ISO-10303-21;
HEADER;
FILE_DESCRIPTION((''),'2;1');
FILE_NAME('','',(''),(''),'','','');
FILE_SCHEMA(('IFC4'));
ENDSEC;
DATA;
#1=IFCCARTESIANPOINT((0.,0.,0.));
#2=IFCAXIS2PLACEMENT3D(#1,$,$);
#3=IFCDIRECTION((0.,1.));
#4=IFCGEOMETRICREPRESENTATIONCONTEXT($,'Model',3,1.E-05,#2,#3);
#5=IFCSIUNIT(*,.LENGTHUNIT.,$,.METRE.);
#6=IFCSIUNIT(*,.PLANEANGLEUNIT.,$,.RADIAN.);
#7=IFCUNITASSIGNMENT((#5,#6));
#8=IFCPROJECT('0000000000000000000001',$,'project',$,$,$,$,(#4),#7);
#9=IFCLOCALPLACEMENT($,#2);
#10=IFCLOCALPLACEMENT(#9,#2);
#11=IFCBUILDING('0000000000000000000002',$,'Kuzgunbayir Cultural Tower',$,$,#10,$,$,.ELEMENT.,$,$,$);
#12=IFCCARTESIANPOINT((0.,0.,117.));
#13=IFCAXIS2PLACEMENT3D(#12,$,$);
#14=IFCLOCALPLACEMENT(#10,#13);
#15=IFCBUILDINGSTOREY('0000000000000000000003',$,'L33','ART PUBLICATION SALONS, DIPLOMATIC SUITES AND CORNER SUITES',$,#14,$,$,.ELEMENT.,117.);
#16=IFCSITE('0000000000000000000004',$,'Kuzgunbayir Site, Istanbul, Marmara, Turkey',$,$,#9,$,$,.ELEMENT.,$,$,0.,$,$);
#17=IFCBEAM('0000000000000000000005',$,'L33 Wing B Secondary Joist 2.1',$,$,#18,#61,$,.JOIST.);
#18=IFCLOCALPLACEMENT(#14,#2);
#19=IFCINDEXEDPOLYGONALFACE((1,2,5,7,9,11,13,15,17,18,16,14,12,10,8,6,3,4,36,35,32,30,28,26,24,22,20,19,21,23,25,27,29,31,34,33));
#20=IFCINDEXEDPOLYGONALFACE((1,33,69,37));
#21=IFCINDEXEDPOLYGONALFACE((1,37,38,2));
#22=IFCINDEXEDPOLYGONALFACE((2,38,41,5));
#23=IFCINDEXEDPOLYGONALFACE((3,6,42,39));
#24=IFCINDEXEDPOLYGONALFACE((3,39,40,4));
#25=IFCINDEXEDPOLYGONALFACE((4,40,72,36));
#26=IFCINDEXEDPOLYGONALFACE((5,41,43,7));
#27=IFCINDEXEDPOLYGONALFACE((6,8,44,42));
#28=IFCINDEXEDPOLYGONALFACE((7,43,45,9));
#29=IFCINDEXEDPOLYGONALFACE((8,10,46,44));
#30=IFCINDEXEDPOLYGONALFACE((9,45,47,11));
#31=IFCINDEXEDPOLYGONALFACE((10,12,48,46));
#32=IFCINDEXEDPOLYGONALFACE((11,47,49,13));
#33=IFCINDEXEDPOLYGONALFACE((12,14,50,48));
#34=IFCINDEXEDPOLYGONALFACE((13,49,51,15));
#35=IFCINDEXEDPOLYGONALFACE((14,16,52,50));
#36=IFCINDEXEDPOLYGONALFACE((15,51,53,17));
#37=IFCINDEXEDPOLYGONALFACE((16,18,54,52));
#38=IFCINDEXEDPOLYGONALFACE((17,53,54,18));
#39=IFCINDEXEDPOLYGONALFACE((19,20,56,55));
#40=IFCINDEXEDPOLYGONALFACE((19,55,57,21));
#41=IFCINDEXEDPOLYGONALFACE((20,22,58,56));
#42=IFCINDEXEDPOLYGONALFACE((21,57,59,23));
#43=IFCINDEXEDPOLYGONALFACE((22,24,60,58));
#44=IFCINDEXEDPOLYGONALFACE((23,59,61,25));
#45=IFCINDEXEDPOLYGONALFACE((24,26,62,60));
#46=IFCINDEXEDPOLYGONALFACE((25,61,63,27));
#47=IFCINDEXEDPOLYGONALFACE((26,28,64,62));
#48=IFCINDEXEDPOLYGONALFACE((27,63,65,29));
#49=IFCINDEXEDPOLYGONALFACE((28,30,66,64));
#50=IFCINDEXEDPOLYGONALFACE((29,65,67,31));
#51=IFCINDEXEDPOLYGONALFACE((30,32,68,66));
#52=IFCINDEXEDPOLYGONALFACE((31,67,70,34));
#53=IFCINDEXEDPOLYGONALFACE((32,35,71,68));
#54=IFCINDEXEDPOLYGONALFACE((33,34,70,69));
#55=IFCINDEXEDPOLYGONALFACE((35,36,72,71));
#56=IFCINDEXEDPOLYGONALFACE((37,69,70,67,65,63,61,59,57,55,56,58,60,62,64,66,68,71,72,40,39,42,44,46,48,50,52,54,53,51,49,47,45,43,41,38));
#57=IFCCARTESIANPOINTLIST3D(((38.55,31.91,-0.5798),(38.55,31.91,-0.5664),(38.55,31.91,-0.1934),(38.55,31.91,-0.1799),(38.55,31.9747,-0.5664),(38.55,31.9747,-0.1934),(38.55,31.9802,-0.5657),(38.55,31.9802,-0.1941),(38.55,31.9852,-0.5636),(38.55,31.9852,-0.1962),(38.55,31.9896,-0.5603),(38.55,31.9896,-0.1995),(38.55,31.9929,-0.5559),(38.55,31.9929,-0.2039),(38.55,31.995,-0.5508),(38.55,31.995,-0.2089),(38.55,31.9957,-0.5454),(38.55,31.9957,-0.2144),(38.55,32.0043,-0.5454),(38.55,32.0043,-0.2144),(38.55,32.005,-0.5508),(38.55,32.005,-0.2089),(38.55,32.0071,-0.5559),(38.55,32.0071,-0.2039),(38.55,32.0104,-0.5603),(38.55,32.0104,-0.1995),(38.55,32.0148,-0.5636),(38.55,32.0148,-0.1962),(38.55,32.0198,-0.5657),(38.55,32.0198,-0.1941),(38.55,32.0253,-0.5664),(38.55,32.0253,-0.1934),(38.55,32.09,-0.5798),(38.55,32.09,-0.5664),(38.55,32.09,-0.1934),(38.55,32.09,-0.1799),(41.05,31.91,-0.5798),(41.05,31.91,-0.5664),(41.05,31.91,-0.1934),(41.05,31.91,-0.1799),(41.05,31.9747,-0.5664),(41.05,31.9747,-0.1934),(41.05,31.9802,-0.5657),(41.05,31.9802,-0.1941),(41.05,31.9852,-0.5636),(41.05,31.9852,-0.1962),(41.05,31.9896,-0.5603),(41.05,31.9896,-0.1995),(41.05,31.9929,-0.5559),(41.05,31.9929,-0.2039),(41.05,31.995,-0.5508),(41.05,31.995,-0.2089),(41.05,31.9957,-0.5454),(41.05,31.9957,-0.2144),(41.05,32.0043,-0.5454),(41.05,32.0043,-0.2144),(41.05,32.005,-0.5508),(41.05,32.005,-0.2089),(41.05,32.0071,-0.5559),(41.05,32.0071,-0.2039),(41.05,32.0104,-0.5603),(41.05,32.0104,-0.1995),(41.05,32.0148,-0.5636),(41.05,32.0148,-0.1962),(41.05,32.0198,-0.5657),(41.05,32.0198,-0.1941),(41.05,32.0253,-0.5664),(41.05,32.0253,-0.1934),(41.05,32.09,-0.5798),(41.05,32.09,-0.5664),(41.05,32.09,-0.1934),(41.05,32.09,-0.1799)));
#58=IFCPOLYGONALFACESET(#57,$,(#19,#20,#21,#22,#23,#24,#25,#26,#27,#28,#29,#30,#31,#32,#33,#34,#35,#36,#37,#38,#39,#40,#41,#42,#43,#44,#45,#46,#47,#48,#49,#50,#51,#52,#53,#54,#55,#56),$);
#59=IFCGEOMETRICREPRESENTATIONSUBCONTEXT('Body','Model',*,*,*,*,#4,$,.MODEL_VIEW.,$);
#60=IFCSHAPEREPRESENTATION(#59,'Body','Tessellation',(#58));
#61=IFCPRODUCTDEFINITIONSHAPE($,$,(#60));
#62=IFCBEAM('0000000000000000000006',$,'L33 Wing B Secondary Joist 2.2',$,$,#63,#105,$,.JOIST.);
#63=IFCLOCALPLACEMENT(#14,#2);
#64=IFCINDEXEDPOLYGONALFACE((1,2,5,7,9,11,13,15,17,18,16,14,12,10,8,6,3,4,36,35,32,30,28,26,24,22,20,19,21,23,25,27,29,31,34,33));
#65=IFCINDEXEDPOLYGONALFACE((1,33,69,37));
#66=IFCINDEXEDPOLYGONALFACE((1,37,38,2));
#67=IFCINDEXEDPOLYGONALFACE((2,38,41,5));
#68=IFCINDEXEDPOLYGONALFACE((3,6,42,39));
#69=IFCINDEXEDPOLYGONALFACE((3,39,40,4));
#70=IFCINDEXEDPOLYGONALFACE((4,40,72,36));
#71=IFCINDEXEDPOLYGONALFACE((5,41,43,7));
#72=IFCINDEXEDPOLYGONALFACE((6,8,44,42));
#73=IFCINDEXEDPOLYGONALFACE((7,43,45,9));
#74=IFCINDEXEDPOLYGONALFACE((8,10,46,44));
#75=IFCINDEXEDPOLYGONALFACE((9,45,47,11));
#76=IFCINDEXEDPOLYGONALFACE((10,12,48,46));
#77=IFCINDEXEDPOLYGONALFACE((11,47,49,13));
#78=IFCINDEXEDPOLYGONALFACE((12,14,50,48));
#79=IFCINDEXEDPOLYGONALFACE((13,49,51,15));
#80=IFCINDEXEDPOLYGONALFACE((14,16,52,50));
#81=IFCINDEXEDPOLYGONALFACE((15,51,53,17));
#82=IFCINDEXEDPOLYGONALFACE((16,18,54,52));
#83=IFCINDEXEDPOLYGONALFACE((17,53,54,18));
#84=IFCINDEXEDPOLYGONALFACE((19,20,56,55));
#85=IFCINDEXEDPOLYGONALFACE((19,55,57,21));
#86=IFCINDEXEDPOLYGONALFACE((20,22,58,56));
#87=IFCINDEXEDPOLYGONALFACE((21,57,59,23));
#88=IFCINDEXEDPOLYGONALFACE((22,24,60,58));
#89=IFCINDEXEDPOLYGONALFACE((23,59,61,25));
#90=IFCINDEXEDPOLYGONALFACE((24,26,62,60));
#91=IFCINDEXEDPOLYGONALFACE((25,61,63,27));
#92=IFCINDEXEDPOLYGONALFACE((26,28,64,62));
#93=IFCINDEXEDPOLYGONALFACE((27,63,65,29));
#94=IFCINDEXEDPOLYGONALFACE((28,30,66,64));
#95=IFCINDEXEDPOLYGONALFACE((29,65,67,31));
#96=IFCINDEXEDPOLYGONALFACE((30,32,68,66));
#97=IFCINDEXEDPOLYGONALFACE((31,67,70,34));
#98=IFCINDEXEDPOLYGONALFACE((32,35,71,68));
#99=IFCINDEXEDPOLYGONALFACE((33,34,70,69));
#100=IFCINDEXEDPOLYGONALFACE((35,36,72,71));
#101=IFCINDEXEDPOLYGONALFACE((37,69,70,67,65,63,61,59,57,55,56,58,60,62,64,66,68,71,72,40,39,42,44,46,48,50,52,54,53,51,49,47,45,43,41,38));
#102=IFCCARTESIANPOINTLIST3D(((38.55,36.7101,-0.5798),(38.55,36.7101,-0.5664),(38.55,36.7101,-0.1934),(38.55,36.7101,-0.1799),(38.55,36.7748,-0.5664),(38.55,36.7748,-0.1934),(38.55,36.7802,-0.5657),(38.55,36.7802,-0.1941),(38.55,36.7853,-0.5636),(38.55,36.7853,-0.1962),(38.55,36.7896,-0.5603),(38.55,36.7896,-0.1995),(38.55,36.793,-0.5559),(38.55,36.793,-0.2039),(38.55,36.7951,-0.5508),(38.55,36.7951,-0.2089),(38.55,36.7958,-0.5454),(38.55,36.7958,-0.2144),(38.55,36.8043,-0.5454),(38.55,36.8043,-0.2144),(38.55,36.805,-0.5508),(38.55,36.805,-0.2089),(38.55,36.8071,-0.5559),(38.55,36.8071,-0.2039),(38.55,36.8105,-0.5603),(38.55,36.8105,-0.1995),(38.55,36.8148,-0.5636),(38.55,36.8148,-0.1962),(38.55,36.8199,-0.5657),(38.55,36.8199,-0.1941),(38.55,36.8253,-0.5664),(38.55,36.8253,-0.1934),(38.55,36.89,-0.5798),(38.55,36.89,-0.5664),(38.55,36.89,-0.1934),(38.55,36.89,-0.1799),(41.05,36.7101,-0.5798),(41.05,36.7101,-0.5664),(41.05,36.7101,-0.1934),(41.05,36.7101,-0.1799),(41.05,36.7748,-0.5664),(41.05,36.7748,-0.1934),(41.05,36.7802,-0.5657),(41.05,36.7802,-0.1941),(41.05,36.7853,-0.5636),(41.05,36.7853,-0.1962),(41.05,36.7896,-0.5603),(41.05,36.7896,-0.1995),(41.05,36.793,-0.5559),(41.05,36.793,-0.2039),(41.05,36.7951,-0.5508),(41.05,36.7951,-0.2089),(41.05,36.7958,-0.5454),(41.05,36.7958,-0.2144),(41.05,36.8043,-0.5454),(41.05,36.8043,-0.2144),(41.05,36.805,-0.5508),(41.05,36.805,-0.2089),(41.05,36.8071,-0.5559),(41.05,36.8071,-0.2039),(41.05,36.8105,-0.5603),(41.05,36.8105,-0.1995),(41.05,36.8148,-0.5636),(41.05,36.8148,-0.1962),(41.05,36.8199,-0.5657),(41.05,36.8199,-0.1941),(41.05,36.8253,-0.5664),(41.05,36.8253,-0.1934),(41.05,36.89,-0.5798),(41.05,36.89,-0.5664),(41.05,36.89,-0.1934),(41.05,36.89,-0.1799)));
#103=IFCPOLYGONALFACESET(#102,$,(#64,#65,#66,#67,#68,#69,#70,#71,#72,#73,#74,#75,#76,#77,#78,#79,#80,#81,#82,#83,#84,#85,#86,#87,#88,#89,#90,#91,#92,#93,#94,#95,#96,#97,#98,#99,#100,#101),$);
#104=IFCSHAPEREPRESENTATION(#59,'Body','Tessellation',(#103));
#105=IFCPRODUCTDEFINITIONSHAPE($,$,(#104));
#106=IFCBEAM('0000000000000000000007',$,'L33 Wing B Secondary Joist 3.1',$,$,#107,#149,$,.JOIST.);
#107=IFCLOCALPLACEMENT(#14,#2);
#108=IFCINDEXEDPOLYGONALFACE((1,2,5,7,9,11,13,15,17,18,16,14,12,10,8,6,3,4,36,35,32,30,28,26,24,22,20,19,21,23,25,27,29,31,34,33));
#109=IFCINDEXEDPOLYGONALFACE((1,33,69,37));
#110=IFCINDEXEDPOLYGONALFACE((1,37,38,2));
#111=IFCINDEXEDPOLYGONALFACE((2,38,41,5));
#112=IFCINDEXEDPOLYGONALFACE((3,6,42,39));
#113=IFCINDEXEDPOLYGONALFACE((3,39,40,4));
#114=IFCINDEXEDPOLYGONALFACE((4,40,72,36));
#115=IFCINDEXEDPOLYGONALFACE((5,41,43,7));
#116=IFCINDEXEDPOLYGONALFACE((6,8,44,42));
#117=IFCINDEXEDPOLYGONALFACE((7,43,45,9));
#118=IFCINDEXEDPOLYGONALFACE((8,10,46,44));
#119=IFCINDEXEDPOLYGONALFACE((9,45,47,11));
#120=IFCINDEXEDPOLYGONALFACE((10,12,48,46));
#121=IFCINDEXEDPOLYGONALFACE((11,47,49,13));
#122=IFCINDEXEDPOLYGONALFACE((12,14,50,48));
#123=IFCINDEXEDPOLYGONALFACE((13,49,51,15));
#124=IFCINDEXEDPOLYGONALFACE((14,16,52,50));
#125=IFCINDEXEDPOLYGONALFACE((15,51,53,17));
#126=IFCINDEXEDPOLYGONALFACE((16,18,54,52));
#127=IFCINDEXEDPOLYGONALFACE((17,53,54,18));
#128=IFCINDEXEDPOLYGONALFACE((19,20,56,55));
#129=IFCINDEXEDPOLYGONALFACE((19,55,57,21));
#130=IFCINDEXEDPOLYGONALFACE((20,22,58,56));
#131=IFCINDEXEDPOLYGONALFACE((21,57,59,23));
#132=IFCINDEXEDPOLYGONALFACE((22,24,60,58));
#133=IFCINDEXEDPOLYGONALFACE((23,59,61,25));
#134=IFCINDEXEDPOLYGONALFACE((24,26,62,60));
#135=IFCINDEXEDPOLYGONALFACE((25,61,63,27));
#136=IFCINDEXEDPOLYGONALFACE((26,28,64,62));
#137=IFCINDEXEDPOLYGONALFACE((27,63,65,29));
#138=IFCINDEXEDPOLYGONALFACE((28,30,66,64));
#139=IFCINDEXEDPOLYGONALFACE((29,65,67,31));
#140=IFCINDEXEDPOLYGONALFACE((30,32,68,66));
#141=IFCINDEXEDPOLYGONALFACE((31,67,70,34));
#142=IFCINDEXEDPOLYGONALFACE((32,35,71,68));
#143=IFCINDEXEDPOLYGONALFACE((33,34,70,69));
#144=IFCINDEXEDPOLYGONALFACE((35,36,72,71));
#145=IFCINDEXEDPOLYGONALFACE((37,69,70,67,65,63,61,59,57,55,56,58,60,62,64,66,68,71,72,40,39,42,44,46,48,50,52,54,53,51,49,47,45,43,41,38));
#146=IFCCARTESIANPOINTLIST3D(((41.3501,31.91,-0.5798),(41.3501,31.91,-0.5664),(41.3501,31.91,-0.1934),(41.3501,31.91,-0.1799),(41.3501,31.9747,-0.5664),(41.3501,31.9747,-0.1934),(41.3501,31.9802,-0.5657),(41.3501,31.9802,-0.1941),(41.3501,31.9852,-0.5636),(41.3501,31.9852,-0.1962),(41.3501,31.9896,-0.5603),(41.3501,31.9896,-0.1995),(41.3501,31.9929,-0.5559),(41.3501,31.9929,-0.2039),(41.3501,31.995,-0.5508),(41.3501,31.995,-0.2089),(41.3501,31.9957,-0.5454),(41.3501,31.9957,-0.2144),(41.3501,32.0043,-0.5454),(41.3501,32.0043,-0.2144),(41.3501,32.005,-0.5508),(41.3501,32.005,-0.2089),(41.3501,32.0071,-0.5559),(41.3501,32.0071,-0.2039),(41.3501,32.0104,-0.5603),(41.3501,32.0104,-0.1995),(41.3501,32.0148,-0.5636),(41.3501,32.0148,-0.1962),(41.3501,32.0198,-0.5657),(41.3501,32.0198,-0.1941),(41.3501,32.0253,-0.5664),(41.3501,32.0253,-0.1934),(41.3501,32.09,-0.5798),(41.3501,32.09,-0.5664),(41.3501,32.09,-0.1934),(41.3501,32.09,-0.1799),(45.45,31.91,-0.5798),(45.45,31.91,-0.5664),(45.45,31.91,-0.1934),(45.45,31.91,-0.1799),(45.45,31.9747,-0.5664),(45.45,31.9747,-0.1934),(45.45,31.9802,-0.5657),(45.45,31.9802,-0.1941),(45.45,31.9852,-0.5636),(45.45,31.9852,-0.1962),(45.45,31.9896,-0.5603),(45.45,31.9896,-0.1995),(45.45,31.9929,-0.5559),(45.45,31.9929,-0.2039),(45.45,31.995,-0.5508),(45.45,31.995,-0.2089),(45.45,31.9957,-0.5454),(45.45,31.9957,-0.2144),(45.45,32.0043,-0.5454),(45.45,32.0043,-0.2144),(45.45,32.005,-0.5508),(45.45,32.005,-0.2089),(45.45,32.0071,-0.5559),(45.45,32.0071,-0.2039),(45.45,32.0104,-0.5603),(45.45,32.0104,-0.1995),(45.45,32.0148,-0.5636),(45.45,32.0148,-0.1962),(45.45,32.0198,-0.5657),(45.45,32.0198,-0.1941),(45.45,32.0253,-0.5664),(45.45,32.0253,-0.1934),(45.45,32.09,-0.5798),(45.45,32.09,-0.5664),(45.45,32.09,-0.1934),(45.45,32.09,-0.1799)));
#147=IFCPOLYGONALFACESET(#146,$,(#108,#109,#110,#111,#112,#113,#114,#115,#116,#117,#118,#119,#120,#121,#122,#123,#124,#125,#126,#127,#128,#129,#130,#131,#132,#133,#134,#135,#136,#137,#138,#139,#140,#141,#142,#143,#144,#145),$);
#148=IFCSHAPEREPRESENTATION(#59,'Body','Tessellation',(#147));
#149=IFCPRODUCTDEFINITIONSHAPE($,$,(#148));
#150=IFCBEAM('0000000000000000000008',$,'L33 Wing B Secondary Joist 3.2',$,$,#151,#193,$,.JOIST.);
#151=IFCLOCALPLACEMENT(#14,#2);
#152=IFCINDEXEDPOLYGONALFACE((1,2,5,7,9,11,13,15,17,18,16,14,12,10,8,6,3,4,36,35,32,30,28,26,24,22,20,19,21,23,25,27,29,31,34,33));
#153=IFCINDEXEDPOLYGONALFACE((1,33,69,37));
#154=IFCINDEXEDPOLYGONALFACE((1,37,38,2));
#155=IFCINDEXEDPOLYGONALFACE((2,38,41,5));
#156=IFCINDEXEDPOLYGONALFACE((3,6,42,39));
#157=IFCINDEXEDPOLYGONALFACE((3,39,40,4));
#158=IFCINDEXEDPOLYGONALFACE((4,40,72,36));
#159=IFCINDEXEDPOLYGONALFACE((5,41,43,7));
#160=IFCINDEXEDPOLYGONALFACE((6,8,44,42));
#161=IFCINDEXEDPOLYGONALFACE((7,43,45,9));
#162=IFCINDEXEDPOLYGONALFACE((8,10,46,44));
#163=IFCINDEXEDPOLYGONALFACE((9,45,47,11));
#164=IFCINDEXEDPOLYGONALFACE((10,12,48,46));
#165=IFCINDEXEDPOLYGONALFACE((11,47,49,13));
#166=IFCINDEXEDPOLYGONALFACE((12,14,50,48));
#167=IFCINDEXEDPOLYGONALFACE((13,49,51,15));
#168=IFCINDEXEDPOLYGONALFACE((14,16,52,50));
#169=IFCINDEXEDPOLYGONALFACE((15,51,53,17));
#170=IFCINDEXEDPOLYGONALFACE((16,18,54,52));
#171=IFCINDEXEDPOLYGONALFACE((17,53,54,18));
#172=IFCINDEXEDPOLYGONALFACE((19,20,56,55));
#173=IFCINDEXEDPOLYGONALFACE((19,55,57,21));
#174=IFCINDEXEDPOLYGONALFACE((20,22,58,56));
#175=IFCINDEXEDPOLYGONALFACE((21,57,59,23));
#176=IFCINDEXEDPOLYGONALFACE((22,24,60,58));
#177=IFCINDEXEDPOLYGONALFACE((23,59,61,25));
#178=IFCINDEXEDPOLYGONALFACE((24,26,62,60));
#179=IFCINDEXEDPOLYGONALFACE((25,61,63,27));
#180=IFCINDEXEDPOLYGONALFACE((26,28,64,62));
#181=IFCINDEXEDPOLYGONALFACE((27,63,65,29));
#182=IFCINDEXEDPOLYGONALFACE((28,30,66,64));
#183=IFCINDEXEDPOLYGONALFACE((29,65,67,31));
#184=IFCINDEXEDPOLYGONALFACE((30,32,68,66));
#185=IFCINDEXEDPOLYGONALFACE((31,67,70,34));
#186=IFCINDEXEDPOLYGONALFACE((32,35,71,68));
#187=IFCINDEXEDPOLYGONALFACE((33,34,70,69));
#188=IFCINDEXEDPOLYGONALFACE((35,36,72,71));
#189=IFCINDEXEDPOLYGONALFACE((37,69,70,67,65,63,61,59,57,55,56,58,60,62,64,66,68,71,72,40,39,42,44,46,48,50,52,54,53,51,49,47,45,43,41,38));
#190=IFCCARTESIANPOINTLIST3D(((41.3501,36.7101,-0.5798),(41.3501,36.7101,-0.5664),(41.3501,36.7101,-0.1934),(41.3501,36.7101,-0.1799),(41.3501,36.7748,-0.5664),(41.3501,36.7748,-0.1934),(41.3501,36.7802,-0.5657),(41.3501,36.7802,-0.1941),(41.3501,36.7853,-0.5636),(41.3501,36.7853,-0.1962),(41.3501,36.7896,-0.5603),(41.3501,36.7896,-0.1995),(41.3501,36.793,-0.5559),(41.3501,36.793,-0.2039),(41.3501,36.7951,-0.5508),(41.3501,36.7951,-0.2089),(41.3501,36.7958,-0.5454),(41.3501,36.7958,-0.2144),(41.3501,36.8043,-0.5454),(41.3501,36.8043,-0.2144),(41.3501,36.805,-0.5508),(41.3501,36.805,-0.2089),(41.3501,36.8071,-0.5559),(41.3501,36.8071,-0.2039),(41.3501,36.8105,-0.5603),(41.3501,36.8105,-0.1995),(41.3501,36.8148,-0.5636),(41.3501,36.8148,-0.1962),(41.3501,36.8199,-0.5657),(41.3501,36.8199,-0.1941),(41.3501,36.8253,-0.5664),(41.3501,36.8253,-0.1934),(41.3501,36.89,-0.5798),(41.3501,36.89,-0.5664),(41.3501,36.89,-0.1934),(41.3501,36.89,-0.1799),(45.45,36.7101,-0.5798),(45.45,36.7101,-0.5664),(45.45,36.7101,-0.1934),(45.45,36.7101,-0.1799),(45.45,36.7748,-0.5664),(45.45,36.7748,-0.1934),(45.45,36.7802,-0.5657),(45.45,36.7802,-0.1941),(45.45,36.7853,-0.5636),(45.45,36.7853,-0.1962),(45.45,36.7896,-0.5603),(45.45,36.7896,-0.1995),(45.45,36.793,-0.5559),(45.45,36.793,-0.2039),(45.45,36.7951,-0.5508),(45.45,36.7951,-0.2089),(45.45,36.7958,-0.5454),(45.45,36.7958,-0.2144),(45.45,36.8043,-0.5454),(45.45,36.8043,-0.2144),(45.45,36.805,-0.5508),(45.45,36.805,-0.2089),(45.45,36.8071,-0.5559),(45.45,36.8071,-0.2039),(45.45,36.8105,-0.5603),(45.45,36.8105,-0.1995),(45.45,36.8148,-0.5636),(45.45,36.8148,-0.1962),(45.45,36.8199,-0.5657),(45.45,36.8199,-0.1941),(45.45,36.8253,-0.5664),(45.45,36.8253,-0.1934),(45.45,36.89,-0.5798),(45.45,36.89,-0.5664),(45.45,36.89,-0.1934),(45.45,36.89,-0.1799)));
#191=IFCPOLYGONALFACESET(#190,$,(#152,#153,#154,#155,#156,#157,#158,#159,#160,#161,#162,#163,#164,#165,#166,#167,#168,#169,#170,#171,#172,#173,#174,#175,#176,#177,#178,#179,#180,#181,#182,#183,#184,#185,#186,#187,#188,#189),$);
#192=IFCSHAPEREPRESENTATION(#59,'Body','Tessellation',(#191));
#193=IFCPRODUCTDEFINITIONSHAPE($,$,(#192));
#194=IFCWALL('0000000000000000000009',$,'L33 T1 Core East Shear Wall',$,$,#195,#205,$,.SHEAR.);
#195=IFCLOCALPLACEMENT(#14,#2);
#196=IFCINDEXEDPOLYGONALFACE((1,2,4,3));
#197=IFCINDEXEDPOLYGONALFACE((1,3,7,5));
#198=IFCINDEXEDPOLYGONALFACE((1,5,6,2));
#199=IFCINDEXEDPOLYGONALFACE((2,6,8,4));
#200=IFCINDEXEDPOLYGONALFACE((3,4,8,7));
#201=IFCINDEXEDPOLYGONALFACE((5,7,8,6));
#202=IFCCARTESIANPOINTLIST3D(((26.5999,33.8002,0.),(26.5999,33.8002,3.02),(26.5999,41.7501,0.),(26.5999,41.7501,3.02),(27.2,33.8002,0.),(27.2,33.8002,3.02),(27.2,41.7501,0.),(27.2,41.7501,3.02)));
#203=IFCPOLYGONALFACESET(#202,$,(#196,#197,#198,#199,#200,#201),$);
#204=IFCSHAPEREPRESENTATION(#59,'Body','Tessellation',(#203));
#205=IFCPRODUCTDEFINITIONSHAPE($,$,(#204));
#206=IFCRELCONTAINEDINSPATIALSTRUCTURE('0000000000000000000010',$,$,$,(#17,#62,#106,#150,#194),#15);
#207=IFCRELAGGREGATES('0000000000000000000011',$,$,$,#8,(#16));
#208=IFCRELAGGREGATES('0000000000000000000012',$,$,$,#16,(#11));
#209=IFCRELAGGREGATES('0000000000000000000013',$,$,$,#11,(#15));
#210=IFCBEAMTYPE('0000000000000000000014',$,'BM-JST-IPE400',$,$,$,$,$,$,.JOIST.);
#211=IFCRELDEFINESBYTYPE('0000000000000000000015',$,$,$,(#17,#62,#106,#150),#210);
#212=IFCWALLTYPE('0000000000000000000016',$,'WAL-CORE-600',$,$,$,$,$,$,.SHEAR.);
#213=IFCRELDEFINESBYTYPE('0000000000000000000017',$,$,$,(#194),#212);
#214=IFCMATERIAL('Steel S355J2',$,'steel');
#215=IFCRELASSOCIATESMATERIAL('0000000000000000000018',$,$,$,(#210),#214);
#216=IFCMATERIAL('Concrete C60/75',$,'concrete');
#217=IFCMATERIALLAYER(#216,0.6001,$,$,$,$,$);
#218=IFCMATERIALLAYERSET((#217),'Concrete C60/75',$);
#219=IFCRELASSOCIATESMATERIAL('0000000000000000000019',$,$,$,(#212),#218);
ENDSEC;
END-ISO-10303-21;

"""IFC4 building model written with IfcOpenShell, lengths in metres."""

from ifc_helpers import new_model, si_unit, direction, frame, frame_2d, origin, origin_2d, place, context, subcontext, project, spatial, rectangle, i_section, extrude, material, layer, layer_set, material_profile, profile_set, type_object, element, save


model = new_model("IFC4")

# Units and contexts
model_context = context("Model", 3, precision=1e-05, world=origin(), true_north=direction((0.0, 1.0)))
body_context = subcontext(model_context, "Body", "Model", "MODEL_VIEW")
ifc_project = project(units=[si_unit("LENGTHUNIT", "METRE"), si_unit("PLANEANGLEUNIT", "RADIAN")], contexts=[model_context])

# Site, building, storey
site_placement = place(None, origin())
site = spatial("IfcSite", under=ifc_project, at=site_placement, Name="Kuzgunbayir Site, Istanbul, Marmara, Turkey", CompositionType="ELEMENT", RefElevation=0.0)
building_placement = place(site_placement, origin())
building = spatial("IfcBuilding", under=site, at=building_placement, Name="Kuzgunbayir Cultural Tower", CompositionType="ELEMENT")
storey_placement = place(building_placement, frame((0.0, 0.0, 117.0)))
storey = spatial("IfcBuildingStorey", under=building, at=storey_placement, Name="L33", Description="ART PUBLICATION SALONS, DIPLOMATIC SUITES AND CORNER SUITES", CompositionType="ELEMENT", Elevation=117.0)

# Beams
ifc_material_1 = material(Name="Steel S355J2", Category="steel")
ifc_material_profile_1 = material_profile(ifc_material_1, i_section(OverallWidth=0.1799, OverallDepth=0.3999, WebThickness=0.0085, FlangeThickness=0.0134, FilletRadius=0.021, at=origin_2d()), Name="IPE 400")
ifc_profile_set_1 = profile_set([ifc_material_profile_1], Name="Steel S355J2")
beam_type_1 = type_object("IfcBeamType", Name="BM-JST-IPE400", PredefinedType="JOIST", material=ifc_profile_set_1)
for number, where, z_axis, x_axis, name in (
    (1, (38.55, 32.0, -0.3799), (1.0, 0.0, 0.0), (0.0, 1.0, 0.0), "L33 Wing B Secondary Joist 2.1"),
    (2, (38.55, 36.8, -0.3799), (1.0, 0.0, 0.0), (0.0, 1.0, 0.0), "L33 Wing B Secondary Joist 2.2"),
):
    element("IfcBeam", number, at=place(storey_placement, frame(where, z_axis=z_axis, x_axis=x_axis)), inside=storey, type_object=beam_type_1, Name=name, PredefinedType="JOIST", context=body_context, shape_type="SweptSolid", body=[
        extrude(i_section(OverallWidth=0.1799, OverallDepth=0.3999, WebThickness=0.0085, FlangeThickness=0.0134, FilletRadius=0.021, at=origin_2d()), origin(), (0.0, 0.0, 1.0), 2.5),
    ])
for number, where, z_axis, x_axis, name in (
    (3, (41.3501, 32.0, -0.3799), (1.0, 0.0, 0.0), (0.0, 1.0, 0.0), "L33 Wing B Secondary Joist 3.1"),
    (4, (41.3501, 36.8, -0.3799), (1.0, 0.0, 0.0), (0.0, 1.0, 0.0), "L33 Wing B Secondary Joist 3.2"),
):
    element("IfcBeam", number, at=place(storey_placement, frame(where, z_axis=z_axis, x_axis=x_axis)), inside=storey, type_object=beam_type_1, Name=name, PredefinedType="JOIST", context=body_context, shape_type="SweptSolid", body=[
        extrude(i_section(OverallWidth=0.1799, OverallDepth=0.3999, WebThickness=0.0085, FlangeThickness=0.0134, FilletRadius=0.021, at=origin_2d()), origin(), (0.0, 0.0, 1.0), 4.0999),
    ])

# Wall
ifc_material_2 = material(Name="Concrete C60/75", Category="concrete")
ifc_layer_1 = layer(ifc_material_2, 0.6001)
ifc_layer_set_1 = layer_set([ifc_layer_1], Name="Concrete C60/75")
wall_type_1 = type_object("IfcWallType", Name="WAL-CORE-600", PredefinedType="SHEAR", material=ifc_layer_set_1)
wall_1_placement = place(storey_placement, frame((26.8999, 33.8, 0.0), z_axis=(0.0, 0.0, 1.0), x_axis=(0.0, 1.0, 0.0)))
element("IfcWall", 5, at=wall_1_placement, inside=storey, type_object=wall_type_1, Name="L33 T1 Core East Shear Wall", PredefinedType="SHEAR", context=body_context, shape_type="SweptSolid", body=[
    extrude(rectangle(XDim=7.95, YDim=0.6001, at=frame_2d((3.9751, 0.0))), origin(), (0.0, 0.0, 1.0), 3.02),
])

save(model, "model.ifc")
